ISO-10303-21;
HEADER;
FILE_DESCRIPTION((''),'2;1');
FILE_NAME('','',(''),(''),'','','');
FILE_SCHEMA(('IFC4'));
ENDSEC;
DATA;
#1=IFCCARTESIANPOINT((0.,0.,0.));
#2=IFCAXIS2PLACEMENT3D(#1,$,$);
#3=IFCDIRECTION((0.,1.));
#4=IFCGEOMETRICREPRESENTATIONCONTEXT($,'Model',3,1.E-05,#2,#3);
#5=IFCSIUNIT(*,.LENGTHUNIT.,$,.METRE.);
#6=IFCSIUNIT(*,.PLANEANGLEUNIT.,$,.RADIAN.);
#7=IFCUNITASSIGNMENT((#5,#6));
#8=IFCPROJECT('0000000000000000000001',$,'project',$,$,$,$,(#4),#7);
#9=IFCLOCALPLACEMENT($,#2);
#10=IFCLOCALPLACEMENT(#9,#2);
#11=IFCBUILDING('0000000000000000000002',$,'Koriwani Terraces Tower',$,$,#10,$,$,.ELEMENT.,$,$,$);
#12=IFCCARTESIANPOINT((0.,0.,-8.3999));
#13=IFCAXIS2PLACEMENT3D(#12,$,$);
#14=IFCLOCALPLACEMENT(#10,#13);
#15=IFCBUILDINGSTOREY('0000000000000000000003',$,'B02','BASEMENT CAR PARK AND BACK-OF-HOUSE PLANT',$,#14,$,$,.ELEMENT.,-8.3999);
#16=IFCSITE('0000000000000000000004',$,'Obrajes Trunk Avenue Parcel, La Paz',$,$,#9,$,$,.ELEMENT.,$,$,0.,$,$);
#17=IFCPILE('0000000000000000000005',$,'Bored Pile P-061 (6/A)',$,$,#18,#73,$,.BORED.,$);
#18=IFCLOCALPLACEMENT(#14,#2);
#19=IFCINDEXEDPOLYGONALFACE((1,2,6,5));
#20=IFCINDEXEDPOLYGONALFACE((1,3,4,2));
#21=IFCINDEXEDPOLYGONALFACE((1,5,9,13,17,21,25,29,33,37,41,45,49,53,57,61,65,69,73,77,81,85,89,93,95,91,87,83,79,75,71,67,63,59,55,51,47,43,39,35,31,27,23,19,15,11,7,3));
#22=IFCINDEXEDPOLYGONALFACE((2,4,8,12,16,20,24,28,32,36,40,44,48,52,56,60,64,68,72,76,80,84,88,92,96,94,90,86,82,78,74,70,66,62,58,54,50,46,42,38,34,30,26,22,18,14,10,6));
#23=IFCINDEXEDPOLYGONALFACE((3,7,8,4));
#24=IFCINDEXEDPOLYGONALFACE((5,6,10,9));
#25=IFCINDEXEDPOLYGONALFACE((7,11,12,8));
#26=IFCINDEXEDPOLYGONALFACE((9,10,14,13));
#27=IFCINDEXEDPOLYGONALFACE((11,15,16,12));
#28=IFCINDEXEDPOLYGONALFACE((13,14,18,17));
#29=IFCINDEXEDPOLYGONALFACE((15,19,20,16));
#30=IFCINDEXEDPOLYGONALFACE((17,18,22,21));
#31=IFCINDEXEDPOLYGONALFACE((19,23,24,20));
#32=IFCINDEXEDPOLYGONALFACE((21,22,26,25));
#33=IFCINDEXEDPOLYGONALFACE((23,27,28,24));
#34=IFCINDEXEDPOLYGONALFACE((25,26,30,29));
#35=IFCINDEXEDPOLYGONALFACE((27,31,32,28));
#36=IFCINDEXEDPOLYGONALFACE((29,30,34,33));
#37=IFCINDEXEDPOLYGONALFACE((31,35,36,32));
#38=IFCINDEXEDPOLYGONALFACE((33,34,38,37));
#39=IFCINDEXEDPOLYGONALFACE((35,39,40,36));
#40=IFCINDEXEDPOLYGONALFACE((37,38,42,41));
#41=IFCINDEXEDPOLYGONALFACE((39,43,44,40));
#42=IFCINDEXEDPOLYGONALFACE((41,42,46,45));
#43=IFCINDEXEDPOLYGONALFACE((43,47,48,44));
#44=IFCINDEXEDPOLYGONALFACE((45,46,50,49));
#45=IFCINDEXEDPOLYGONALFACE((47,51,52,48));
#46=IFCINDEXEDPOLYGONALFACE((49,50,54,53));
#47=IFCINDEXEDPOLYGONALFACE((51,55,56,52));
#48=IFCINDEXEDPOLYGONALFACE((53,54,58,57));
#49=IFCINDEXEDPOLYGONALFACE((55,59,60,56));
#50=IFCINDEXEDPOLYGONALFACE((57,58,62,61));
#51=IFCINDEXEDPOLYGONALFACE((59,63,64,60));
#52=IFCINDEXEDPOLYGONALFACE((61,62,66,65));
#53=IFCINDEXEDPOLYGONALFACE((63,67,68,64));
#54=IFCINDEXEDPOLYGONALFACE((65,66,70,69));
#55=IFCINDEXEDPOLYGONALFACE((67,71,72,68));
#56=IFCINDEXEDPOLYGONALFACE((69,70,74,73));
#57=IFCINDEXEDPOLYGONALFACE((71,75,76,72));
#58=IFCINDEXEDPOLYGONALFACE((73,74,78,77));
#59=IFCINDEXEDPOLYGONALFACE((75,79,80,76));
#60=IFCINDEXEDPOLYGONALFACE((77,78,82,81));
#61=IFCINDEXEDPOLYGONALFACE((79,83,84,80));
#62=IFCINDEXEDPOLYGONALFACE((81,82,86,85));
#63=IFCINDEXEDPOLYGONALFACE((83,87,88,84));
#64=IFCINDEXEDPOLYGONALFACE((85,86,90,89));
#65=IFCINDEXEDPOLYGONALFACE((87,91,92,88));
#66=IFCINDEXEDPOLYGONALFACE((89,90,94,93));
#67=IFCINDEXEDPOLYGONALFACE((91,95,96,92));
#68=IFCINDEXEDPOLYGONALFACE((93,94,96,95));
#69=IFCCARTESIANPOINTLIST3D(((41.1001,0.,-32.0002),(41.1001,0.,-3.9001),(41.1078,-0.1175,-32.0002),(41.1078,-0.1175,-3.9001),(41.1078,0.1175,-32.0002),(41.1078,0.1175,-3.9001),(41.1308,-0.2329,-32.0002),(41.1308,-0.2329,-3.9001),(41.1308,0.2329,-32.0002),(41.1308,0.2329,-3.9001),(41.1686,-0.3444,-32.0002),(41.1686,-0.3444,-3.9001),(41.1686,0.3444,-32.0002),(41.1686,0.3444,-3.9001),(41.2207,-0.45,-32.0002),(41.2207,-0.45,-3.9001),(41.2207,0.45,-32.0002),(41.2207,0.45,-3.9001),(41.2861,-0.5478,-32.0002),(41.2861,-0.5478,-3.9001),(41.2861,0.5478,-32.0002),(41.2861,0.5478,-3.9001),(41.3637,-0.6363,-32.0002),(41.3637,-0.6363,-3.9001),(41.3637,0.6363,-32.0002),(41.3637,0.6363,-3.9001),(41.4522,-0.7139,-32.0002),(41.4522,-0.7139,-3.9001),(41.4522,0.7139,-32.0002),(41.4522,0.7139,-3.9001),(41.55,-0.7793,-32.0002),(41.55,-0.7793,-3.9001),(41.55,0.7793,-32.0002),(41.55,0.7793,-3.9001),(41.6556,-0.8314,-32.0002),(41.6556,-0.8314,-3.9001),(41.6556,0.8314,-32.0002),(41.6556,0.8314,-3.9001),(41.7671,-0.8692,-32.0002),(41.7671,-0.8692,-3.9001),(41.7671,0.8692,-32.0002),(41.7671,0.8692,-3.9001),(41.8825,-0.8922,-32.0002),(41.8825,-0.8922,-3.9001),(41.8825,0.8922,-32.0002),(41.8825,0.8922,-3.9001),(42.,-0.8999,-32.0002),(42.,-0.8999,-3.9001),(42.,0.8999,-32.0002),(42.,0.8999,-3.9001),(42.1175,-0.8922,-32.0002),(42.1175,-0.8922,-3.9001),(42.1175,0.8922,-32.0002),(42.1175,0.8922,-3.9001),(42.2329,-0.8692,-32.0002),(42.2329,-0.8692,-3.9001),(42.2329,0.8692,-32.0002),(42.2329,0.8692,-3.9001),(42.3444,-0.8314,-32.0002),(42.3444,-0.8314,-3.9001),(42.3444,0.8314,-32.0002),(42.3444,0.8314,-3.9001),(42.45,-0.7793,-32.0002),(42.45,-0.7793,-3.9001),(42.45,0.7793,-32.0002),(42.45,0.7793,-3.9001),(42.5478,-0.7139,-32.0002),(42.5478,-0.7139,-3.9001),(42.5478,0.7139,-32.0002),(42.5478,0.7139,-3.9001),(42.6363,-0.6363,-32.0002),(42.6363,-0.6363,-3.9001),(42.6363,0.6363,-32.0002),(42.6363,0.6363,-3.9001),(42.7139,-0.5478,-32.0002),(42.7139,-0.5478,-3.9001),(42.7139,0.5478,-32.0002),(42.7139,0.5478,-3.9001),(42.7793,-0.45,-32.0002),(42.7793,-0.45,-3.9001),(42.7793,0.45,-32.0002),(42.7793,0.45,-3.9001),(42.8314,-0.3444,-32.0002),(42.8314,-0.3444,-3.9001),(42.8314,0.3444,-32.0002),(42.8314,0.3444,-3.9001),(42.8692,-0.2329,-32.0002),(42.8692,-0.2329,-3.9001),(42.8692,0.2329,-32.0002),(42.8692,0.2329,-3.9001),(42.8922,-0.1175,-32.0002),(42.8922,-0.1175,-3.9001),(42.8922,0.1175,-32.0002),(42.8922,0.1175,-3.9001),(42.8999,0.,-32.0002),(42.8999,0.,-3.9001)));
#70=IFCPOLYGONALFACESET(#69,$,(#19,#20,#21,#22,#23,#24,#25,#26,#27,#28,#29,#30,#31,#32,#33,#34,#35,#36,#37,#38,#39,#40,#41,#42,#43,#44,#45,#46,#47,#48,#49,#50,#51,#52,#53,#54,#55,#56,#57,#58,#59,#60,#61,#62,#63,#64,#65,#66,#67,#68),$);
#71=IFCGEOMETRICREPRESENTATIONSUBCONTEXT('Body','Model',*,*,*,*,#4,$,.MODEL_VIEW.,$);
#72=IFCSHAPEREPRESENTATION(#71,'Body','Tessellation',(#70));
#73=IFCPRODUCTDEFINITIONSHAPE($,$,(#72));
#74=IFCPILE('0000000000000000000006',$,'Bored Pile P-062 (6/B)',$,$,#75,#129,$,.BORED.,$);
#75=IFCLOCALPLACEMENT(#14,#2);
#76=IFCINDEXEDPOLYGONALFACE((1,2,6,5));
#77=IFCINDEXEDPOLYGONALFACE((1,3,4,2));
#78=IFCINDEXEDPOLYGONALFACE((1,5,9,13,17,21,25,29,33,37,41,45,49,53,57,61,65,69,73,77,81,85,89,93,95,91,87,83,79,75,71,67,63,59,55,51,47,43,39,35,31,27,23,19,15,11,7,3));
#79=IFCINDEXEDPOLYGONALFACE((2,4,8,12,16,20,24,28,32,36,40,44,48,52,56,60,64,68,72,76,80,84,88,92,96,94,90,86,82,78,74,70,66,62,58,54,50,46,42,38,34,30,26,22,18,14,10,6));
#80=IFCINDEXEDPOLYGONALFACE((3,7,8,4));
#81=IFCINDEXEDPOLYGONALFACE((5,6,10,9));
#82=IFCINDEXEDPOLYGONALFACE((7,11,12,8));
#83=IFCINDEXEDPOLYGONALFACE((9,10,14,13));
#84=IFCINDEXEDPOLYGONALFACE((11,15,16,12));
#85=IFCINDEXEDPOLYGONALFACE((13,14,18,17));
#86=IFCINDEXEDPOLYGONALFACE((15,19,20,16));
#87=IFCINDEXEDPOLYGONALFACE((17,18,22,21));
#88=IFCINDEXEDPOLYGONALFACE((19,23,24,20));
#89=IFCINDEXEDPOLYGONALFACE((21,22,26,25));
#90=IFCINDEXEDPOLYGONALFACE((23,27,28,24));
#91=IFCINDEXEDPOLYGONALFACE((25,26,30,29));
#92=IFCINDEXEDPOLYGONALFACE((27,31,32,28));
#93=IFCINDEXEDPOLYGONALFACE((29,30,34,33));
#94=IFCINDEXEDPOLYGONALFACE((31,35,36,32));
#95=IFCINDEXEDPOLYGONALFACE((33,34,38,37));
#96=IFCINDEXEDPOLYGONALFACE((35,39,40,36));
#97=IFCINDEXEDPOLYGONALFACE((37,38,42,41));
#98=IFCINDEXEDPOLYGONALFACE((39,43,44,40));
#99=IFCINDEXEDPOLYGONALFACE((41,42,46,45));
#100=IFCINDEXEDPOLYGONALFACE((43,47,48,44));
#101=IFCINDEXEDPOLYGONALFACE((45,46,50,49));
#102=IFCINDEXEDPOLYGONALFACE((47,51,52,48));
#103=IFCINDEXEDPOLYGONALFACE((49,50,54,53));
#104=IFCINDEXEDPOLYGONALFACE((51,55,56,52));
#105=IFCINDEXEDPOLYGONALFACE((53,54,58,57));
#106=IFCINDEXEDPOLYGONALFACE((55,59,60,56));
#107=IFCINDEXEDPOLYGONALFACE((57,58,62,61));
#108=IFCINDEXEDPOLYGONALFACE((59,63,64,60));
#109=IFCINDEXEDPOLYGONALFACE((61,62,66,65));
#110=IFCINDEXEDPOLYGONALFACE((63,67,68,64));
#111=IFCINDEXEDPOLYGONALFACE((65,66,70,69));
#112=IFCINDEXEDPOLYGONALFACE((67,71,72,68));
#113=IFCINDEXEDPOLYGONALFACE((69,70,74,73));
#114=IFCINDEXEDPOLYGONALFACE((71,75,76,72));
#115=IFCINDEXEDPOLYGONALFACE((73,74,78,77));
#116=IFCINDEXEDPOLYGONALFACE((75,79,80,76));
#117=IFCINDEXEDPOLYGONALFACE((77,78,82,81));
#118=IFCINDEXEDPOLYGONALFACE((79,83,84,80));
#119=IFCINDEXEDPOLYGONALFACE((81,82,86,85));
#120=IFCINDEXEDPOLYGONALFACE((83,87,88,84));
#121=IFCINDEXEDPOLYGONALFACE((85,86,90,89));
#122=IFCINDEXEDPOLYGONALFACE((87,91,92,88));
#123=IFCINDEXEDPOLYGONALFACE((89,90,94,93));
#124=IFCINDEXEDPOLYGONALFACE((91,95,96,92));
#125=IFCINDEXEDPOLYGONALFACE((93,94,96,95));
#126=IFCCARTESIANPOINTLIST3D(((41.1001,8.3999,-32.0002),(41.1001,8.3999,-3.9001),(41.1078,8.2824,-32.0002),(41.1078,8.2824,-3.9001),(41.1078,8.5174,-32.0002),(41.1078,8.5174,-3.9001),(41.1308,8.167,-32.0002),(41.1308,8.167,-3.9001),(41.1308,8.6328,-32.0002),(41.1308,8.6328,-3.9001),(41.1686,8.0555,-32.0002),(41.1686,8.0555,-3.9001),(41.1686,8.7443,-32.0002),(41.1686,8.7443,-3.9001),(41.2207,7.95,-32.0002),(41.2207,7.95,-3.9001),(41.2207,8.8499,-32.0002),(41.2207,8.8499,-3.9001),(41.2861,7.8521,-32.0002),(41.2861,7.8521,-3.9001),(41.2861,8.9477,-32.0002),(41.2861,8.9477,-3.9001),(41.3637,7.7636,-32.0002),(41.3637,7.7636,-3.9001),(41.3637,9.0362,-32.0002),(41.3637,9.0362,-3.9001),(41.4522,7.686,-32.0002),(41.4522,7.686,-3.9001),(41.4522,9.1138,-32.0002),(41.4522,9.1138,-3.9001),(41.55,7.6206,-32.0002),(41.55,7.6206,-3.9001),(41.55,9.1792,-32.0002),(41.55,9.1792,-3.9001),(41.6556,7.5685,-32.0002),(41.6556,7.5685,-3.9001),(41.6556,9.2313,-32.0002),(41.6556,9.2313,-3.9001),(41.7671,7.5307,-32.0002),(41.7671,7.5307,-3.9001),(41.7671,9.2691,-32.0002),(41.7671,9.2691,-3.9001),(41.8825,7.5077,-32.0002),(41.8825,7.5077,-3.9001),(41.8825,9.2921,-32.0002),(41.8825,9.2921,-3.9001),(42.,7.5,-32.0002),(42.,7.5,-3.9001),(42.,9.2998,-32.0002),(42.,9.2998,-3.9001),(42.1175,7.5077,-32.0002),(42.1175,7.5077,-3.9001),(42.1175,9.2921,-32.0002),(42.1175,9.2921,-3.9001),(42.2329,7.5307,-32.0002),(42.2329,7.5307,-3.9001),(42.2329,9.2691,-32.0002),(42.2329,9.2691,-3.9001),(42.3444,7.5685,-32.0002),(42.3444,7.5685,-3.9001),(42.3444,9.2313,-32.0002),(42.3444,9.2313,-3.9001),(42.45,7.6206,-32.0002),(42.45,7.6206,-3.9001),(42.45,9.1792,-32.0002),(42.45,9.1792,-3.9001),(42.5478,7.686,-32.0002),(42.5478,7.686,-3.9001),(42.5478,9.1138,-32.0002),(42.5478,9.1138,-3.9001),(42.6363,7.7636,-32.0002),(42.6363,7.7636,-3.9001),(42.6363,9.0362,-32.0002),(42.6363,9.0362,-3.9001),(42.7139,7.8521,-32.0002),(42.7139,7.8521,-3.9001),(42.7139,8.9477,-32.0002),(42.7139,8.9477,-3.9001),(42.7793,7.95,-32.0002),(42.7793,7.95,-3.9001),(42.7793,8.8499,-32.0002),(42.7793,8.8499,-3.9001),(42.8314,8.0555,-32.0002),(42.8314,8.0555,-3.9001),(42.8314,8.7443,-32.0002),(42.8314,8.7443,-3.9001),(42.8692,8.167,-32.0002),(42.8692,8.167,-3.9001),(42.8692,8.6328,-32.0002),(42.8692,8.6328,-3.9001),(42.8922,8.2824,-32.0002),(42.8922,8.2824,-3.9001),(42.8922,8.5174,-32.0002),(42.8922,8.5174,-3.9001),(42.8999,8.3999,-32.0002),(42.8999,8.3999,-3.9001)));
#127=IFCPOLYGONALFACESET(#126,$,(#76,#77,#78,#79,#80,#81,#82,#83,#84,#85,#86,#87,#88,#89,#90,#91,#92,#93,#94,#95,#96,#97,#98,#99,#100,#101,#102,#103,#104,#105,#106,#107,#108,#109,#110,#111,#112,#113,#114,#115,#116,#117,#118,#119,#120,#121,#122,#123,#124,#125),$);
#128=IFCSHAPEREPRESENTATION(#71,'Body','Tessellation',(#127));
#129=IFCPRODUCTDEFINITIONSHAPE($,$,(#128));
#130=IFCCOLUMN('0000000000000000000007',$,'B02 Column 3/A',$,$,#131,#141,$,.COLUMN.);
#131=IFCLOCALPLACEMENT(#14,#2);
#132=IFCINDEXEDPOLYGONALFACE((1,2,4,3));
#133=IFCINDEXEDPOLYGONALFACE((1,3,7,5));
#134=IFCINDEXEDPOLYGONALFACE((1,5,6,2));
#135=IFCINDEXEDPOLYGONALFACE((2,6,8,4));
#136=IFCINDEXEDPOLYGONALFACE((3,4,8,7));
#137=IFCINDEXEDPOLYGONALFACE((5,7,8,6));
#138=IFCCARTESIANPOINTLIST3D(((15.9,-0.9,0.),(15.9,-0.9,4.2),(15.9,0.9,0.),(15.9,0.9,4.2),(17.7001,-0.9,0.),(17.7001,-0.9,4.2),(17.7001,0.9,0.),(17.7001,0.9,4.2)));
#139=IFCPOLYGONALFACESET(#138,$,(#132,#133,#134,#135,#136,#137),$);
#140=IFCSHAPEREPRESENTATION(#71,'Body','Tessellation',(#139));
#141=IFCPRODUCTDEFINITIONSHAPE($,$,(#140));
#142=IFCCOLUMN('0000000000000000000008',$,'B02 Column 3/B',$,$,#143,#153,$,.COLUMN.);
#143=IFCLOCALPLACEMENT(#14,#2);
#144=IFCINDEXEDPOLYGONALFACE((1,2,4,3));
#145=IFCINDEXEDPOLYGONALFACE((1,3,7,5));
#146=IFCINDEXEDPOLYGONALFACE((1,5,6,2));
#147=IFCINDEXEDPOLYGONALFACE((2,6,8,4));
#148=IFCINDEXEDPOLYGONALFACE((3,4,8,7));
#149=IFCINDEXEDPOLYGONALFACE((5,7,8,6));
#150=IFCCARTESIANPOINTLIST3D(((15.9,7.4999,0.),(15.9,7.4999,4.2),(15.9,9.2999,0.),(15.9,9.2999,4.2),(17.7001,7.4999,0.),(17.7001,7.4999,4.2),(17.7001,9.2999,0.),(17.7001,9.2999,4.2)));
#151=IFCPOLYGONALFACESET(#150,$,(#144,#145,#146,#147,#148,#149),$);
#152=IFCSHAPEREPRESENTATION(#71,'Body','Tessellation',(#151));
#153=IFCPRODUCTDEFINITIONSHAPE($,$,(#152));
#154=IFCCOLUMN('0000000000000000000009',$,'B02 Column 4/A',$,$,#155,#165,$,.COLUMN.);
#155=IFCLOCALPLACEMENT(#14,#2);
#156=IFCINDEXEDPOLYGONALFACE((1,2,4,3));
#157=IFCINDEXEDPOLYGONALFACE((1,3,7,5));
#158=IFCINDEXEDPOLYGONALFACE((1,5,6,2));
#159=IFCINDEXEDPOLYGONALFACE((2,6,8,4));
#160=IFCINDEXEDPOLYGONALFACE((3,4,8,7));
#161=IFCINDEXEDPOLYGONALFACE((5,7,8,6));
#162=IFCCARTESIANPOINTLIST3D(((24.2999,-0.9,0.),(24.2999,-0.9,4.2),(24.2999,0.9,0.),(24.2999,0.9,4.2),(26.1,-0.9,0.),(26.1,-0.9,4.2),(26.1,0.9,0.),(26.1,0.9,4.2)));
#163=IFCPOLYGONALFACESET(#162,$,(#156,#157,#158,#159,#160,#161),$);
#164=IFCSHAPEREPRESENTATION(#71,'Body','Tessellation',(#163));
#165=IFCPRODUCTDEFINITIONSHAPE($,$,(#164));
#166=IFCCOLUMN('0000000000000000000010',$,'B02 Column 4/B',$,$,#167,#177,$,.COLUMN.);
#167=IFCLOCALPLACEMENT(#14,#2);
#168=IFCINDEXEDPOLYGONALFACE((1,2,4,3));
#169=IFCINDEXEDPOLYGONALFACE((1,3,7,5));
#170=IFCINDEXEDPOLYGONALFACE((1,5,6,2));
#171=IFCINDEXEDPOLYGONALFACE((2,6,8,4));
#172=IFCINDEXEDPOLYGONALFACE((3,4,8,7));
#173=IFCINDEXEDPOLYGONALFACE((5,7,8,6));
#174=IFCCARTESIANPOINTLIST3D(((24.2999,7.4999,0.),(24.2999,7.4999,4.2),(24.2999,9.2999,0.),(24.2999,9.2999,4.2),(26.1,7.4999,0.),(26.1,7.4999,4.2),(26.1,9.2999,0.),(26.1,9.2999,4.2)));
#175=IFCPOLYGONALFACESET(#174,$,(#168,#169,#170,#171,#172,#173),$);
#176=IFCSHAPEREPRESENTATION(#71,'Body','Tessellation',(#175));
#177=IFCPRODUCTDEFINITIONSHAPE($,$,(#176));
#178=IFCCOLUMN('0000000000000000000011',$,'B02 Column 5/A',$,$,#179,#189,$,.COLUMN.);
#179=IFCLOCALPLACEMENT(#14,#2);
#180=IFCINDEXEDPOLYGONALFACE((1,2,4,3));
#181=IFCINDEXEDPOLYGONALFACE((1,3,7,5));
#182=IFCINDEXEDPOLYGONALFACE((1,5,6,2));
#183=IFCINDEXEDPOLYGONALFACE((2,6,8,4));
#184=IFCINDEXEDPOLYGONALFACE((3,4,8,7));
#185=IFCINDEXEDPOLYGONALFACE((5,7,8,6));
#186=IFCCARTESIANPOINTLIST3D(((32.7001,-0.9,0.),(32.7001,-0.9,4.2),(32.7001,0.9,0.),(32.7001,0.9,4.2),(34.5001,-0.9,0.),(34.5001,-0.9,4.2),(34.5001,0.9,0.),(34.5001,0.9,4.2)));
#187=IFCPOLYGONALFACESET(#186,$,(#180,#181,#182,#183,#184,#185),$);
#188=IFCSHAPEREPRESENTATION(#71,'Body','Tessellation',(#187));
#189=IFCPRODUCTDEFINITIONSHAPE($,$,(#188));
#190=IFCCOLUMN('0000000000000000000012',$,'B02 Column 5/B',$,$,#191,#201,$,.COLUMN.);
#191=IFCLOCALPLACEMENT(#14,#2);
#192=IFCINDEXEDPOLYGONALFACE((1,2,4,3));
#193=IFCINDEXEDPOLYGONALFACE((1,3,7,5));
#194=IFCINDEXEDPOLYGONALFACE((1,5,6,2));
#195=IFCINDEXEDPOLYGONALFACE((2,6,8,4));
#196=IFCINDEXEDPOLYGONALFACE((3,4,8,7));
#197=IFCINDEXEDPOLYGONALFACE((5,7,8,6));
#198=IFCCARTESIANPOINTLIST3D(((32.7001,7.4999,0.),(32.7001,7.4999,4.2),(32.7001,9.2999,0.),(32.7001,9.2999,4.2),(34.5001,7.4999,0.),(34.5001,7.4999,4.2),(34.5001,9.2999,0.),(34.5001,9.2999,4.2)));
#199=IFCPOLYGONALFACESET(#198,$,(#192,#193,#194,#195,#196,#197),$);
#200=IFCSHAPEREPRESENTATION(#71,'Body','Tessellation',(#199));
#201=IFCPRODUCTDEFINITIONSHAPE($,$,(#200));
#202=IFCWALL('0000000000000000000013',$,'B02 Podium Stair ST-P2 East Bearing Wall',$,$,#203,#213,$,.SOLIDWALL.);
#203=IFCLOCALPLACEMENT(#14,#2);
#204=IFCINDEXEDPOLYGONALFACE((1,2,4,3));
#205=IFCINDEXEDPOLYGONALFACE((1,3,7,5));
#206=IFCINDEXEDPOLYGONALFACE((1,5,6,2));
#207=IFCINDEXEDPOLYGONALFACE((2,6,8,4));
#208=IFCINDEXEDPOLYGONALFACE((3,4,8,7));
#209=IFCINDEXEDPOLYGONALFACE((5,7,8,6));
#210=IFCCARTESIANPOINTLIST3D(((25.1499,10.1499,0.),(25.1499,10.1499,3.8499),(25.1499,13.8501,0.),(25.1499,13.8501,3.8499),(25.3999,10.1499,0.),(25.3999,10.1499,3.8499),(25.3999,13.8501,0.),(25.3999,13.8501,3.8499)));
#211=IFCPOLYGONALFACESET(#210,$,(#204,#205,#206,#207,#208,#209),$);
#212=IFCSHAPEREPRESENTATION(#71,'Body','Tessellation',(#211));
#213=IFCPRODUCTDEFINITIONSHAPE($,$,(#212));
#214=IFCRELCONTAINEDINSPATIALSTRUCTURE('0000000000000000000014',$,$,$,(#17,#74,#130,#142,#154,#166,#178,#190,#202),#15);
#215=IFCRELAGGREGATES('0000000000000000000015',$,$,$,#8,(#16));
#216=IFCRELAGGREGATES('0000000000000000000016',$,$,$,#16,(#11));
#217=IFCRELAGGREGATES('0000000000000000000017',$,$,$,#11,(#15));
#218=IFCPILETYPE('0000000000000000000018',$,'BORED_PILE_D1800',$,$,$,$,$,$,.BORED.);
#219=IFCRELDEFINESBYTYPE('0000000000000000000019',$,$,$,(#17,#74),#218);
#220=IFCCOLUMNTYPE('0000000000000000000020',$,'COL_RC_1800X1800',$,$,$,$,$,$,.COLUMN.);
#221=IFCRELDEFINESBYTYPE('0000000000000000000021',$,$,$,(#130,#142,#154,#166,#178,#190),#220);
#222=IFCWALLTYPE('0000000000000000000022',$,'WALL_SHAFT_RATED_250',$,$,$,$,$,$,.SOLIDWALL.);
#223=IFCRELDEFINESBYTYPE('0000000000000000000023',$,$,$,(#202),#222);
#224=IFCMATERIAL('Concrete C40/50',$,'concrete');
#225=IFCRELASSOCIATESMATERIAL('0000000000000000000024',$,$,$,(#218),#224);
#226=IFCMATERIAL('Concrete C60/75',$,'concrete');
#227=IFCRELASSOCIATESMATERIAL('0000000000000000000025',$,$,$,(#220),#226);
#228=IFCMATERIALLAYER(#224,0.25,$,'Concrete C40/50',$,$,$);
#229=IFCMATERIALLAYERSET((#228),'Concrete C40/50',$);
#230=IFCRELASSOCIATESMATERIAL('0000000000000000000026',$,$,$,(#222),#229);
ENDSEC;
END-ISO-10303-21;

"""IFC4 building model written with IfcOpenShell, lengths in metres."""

from ifc_helpers import new_model, si_unit, direction, frame, frame_2d, origin, origin_2d, place, context, subcontext, project, spatial, rectangle, circle, extrude, material, layer, layer_set, material_profile, profile_set, type_object, element, save


model = new_model("IFC4")

# Units and contexts
model_context = context("Model", 3, precision=1e-05, world=origin(), true_north=direction((0.0, 1.0)))
body_context = subcontext(model_context, "Body", "Model", "MODEL_VIEW")
ifc_project = project(units=[si_unit("LENGTHUNIT", "METRE"), si_unit("PLANEANGLEUNIT", "RADIAN")], contexts=[model_context])

# Site, building, storey
site_placement = place(None, origin())
site = spatial("IfcSite", under=ifc_project, at=site_placement, Name="Obrajes Trunk Avenue Parcel, La Paz", CompositionType="ELEMENT", RefElevation=0.0)
building_placement = place(site_placement, origin())
building = spatial("IfcBuilding", under=site, at=building_placement, Name="Koriwani Terraces Tower", CompositionType="ELEMENT")
storey_placement = place(building_placement, frame((0.0, 0.0, -8.3999)))
storey = spatial("IfcBuildingStorey", under=building, at=storey_placement, Name="B02", Description="BASEMENT CAR PARK AND BACK-OF-HOUSE PLANT", CompositionType="ELEMENT", Elevation=-8.3999)

# Piles
ifc_material_1 = material(Name="Concrete C40/50", Category="concrete")
ifc_material_profile_1 = material_profile(ifc_material_1, circle(Radius=0.8999, at=origin_2d()), Name="Concrete C40/50")
ifc_profile_set_1 = profile_set([ifc_material_profile_1], Name="Concrete C40/50")
pile_type = type_object("IfcPileType", Name="BORED_PILE_D1800", PredefinedType="BORED", material=ifc_profile_set_1)
for number, where, z_axis, x_axis, name in (
    (1, (42.0, 0.0, -3.9001), (0.0, 0.0, -1.0), (1.0, 0.0, 0.0), "Bored Pile P-061 (6/A)"),
    (2, (42.0, 8.3999, -3.9001), (0.0, 0.0, -1.0), (1.0, 0.0, 0.0), "Bored Pile P-062 (6/B)"),
):
    element("IfcPile", number, at=place(storey_placement, frame(where, z_axis=z_axis, x_axis=x_axis)), inside=storey, type_object=pile_type, Name=name, PredefinedType="BORED", context=body_context, shape_type="SweptSolid", body=[
        extrude(circle(Radius=0.8999, at=origin_2d()), origin(), (0.0, 0.0, 1.0), 28.1001),
    ])

# Columns
ifc_material_2 = material(Name="Concrete C60/75", Category="concrete")
ifc_material_profile_2 = material_profile(ifc_material_2, rectangle(XDim=1.8, YDim=1.8, at=origin_2d()), Name="Concrete C60/75", Category="LoadBearing")
ifc_profile_set_2 = profile_set([ifc_material_profile_2], Name="Concrete C60/75")
column_type = type_object("IfcColumnType", Name="COL_RC_1800X1800", PredefinedType="COLUMN", material=ifc_profile_set_2)
for number, where, z_axis, x_axis, name in (
    (3, (16.8, 0.0, 0.0), (0.0, 0.0, 1.0), (1.0, 0.0, 0.0), "B02 Column 3/A"),
    (4, (16.8, 8.3999, 0.0), (0.0, 0.0, 1.0), (1.0, 0.0, 0.0), "B02 Column 3/B"),
    (5, (25.2, 0.0, 0.0), (0.0, 0.0, 1.0), (1.0, 0.0, 0.0), "B02 Column 4/A"),
    (6, (25.2, 8.3999, 0.0), (0.0, 0.0, 1.0), (1.0, 0.0, 0.0), "B02 Column 4/B"),
    (7, (33.6001, 0.0, 0.0), (0.0, 0.0, 1.0), (1.0, 0.0, 0.0), "B02 Column 5/A"),
    (8, (33.6001, 8.3999, 0.0), (0.0, 0.0, 1.0), (1.0, 0.0, 0.0), "B02 Column 5/B"),
):
    element("IfcColumn", number, at=place(storey_placement, frame(where, z_axis=z_axis, x_axis=x_axis)), inside=storey, type_object=column_type, Name=name, PredefinedType="COLUMN", context=body_context, shape_type="SweptSolid", body=[
        extrude(rectangle(XDim=1.8, YDim=1.8, at=origin_2d()), origin(), (0.0, 0.0, 1.0), 4.2),
    ])

# Wall
ifc_layer = layer(ifc_material_1, 0.25, Name="Concrete C40/50")
ifc_layer_set = layer_set([ifc_layer], Name="Concrete C40/50")
wall_type = type_object("IfcWallType", Name="WALL_SHAFT_RATED_250", PredefinedType="SOLIDWALL", material=ifc_layer_set)
wall_1_placement = place(storey_placement, frame((25.2749, 10.1499, 0.0), z_axis=(0.0, 0.0, 1.0), x_axis=(0.0, 1.0, 0.0)))
element("IfcWall", 9, at=wall_1_placement, inside=storey, type_object=wall_type, Name="B02 Podium Stair ST-P2 East Bearing Wall", PredefinedType="SOLIDWALL", context=body_context, shape_type="SweptSolid", body=[
    extrude(rectangle(XDim=3.7002, YDim=0.25, at=frame_2d((1.8501, 0.0))), origin(), (0.0, 0.0, 1.0), 3.8499),
])

save(model, "model.ifc")
